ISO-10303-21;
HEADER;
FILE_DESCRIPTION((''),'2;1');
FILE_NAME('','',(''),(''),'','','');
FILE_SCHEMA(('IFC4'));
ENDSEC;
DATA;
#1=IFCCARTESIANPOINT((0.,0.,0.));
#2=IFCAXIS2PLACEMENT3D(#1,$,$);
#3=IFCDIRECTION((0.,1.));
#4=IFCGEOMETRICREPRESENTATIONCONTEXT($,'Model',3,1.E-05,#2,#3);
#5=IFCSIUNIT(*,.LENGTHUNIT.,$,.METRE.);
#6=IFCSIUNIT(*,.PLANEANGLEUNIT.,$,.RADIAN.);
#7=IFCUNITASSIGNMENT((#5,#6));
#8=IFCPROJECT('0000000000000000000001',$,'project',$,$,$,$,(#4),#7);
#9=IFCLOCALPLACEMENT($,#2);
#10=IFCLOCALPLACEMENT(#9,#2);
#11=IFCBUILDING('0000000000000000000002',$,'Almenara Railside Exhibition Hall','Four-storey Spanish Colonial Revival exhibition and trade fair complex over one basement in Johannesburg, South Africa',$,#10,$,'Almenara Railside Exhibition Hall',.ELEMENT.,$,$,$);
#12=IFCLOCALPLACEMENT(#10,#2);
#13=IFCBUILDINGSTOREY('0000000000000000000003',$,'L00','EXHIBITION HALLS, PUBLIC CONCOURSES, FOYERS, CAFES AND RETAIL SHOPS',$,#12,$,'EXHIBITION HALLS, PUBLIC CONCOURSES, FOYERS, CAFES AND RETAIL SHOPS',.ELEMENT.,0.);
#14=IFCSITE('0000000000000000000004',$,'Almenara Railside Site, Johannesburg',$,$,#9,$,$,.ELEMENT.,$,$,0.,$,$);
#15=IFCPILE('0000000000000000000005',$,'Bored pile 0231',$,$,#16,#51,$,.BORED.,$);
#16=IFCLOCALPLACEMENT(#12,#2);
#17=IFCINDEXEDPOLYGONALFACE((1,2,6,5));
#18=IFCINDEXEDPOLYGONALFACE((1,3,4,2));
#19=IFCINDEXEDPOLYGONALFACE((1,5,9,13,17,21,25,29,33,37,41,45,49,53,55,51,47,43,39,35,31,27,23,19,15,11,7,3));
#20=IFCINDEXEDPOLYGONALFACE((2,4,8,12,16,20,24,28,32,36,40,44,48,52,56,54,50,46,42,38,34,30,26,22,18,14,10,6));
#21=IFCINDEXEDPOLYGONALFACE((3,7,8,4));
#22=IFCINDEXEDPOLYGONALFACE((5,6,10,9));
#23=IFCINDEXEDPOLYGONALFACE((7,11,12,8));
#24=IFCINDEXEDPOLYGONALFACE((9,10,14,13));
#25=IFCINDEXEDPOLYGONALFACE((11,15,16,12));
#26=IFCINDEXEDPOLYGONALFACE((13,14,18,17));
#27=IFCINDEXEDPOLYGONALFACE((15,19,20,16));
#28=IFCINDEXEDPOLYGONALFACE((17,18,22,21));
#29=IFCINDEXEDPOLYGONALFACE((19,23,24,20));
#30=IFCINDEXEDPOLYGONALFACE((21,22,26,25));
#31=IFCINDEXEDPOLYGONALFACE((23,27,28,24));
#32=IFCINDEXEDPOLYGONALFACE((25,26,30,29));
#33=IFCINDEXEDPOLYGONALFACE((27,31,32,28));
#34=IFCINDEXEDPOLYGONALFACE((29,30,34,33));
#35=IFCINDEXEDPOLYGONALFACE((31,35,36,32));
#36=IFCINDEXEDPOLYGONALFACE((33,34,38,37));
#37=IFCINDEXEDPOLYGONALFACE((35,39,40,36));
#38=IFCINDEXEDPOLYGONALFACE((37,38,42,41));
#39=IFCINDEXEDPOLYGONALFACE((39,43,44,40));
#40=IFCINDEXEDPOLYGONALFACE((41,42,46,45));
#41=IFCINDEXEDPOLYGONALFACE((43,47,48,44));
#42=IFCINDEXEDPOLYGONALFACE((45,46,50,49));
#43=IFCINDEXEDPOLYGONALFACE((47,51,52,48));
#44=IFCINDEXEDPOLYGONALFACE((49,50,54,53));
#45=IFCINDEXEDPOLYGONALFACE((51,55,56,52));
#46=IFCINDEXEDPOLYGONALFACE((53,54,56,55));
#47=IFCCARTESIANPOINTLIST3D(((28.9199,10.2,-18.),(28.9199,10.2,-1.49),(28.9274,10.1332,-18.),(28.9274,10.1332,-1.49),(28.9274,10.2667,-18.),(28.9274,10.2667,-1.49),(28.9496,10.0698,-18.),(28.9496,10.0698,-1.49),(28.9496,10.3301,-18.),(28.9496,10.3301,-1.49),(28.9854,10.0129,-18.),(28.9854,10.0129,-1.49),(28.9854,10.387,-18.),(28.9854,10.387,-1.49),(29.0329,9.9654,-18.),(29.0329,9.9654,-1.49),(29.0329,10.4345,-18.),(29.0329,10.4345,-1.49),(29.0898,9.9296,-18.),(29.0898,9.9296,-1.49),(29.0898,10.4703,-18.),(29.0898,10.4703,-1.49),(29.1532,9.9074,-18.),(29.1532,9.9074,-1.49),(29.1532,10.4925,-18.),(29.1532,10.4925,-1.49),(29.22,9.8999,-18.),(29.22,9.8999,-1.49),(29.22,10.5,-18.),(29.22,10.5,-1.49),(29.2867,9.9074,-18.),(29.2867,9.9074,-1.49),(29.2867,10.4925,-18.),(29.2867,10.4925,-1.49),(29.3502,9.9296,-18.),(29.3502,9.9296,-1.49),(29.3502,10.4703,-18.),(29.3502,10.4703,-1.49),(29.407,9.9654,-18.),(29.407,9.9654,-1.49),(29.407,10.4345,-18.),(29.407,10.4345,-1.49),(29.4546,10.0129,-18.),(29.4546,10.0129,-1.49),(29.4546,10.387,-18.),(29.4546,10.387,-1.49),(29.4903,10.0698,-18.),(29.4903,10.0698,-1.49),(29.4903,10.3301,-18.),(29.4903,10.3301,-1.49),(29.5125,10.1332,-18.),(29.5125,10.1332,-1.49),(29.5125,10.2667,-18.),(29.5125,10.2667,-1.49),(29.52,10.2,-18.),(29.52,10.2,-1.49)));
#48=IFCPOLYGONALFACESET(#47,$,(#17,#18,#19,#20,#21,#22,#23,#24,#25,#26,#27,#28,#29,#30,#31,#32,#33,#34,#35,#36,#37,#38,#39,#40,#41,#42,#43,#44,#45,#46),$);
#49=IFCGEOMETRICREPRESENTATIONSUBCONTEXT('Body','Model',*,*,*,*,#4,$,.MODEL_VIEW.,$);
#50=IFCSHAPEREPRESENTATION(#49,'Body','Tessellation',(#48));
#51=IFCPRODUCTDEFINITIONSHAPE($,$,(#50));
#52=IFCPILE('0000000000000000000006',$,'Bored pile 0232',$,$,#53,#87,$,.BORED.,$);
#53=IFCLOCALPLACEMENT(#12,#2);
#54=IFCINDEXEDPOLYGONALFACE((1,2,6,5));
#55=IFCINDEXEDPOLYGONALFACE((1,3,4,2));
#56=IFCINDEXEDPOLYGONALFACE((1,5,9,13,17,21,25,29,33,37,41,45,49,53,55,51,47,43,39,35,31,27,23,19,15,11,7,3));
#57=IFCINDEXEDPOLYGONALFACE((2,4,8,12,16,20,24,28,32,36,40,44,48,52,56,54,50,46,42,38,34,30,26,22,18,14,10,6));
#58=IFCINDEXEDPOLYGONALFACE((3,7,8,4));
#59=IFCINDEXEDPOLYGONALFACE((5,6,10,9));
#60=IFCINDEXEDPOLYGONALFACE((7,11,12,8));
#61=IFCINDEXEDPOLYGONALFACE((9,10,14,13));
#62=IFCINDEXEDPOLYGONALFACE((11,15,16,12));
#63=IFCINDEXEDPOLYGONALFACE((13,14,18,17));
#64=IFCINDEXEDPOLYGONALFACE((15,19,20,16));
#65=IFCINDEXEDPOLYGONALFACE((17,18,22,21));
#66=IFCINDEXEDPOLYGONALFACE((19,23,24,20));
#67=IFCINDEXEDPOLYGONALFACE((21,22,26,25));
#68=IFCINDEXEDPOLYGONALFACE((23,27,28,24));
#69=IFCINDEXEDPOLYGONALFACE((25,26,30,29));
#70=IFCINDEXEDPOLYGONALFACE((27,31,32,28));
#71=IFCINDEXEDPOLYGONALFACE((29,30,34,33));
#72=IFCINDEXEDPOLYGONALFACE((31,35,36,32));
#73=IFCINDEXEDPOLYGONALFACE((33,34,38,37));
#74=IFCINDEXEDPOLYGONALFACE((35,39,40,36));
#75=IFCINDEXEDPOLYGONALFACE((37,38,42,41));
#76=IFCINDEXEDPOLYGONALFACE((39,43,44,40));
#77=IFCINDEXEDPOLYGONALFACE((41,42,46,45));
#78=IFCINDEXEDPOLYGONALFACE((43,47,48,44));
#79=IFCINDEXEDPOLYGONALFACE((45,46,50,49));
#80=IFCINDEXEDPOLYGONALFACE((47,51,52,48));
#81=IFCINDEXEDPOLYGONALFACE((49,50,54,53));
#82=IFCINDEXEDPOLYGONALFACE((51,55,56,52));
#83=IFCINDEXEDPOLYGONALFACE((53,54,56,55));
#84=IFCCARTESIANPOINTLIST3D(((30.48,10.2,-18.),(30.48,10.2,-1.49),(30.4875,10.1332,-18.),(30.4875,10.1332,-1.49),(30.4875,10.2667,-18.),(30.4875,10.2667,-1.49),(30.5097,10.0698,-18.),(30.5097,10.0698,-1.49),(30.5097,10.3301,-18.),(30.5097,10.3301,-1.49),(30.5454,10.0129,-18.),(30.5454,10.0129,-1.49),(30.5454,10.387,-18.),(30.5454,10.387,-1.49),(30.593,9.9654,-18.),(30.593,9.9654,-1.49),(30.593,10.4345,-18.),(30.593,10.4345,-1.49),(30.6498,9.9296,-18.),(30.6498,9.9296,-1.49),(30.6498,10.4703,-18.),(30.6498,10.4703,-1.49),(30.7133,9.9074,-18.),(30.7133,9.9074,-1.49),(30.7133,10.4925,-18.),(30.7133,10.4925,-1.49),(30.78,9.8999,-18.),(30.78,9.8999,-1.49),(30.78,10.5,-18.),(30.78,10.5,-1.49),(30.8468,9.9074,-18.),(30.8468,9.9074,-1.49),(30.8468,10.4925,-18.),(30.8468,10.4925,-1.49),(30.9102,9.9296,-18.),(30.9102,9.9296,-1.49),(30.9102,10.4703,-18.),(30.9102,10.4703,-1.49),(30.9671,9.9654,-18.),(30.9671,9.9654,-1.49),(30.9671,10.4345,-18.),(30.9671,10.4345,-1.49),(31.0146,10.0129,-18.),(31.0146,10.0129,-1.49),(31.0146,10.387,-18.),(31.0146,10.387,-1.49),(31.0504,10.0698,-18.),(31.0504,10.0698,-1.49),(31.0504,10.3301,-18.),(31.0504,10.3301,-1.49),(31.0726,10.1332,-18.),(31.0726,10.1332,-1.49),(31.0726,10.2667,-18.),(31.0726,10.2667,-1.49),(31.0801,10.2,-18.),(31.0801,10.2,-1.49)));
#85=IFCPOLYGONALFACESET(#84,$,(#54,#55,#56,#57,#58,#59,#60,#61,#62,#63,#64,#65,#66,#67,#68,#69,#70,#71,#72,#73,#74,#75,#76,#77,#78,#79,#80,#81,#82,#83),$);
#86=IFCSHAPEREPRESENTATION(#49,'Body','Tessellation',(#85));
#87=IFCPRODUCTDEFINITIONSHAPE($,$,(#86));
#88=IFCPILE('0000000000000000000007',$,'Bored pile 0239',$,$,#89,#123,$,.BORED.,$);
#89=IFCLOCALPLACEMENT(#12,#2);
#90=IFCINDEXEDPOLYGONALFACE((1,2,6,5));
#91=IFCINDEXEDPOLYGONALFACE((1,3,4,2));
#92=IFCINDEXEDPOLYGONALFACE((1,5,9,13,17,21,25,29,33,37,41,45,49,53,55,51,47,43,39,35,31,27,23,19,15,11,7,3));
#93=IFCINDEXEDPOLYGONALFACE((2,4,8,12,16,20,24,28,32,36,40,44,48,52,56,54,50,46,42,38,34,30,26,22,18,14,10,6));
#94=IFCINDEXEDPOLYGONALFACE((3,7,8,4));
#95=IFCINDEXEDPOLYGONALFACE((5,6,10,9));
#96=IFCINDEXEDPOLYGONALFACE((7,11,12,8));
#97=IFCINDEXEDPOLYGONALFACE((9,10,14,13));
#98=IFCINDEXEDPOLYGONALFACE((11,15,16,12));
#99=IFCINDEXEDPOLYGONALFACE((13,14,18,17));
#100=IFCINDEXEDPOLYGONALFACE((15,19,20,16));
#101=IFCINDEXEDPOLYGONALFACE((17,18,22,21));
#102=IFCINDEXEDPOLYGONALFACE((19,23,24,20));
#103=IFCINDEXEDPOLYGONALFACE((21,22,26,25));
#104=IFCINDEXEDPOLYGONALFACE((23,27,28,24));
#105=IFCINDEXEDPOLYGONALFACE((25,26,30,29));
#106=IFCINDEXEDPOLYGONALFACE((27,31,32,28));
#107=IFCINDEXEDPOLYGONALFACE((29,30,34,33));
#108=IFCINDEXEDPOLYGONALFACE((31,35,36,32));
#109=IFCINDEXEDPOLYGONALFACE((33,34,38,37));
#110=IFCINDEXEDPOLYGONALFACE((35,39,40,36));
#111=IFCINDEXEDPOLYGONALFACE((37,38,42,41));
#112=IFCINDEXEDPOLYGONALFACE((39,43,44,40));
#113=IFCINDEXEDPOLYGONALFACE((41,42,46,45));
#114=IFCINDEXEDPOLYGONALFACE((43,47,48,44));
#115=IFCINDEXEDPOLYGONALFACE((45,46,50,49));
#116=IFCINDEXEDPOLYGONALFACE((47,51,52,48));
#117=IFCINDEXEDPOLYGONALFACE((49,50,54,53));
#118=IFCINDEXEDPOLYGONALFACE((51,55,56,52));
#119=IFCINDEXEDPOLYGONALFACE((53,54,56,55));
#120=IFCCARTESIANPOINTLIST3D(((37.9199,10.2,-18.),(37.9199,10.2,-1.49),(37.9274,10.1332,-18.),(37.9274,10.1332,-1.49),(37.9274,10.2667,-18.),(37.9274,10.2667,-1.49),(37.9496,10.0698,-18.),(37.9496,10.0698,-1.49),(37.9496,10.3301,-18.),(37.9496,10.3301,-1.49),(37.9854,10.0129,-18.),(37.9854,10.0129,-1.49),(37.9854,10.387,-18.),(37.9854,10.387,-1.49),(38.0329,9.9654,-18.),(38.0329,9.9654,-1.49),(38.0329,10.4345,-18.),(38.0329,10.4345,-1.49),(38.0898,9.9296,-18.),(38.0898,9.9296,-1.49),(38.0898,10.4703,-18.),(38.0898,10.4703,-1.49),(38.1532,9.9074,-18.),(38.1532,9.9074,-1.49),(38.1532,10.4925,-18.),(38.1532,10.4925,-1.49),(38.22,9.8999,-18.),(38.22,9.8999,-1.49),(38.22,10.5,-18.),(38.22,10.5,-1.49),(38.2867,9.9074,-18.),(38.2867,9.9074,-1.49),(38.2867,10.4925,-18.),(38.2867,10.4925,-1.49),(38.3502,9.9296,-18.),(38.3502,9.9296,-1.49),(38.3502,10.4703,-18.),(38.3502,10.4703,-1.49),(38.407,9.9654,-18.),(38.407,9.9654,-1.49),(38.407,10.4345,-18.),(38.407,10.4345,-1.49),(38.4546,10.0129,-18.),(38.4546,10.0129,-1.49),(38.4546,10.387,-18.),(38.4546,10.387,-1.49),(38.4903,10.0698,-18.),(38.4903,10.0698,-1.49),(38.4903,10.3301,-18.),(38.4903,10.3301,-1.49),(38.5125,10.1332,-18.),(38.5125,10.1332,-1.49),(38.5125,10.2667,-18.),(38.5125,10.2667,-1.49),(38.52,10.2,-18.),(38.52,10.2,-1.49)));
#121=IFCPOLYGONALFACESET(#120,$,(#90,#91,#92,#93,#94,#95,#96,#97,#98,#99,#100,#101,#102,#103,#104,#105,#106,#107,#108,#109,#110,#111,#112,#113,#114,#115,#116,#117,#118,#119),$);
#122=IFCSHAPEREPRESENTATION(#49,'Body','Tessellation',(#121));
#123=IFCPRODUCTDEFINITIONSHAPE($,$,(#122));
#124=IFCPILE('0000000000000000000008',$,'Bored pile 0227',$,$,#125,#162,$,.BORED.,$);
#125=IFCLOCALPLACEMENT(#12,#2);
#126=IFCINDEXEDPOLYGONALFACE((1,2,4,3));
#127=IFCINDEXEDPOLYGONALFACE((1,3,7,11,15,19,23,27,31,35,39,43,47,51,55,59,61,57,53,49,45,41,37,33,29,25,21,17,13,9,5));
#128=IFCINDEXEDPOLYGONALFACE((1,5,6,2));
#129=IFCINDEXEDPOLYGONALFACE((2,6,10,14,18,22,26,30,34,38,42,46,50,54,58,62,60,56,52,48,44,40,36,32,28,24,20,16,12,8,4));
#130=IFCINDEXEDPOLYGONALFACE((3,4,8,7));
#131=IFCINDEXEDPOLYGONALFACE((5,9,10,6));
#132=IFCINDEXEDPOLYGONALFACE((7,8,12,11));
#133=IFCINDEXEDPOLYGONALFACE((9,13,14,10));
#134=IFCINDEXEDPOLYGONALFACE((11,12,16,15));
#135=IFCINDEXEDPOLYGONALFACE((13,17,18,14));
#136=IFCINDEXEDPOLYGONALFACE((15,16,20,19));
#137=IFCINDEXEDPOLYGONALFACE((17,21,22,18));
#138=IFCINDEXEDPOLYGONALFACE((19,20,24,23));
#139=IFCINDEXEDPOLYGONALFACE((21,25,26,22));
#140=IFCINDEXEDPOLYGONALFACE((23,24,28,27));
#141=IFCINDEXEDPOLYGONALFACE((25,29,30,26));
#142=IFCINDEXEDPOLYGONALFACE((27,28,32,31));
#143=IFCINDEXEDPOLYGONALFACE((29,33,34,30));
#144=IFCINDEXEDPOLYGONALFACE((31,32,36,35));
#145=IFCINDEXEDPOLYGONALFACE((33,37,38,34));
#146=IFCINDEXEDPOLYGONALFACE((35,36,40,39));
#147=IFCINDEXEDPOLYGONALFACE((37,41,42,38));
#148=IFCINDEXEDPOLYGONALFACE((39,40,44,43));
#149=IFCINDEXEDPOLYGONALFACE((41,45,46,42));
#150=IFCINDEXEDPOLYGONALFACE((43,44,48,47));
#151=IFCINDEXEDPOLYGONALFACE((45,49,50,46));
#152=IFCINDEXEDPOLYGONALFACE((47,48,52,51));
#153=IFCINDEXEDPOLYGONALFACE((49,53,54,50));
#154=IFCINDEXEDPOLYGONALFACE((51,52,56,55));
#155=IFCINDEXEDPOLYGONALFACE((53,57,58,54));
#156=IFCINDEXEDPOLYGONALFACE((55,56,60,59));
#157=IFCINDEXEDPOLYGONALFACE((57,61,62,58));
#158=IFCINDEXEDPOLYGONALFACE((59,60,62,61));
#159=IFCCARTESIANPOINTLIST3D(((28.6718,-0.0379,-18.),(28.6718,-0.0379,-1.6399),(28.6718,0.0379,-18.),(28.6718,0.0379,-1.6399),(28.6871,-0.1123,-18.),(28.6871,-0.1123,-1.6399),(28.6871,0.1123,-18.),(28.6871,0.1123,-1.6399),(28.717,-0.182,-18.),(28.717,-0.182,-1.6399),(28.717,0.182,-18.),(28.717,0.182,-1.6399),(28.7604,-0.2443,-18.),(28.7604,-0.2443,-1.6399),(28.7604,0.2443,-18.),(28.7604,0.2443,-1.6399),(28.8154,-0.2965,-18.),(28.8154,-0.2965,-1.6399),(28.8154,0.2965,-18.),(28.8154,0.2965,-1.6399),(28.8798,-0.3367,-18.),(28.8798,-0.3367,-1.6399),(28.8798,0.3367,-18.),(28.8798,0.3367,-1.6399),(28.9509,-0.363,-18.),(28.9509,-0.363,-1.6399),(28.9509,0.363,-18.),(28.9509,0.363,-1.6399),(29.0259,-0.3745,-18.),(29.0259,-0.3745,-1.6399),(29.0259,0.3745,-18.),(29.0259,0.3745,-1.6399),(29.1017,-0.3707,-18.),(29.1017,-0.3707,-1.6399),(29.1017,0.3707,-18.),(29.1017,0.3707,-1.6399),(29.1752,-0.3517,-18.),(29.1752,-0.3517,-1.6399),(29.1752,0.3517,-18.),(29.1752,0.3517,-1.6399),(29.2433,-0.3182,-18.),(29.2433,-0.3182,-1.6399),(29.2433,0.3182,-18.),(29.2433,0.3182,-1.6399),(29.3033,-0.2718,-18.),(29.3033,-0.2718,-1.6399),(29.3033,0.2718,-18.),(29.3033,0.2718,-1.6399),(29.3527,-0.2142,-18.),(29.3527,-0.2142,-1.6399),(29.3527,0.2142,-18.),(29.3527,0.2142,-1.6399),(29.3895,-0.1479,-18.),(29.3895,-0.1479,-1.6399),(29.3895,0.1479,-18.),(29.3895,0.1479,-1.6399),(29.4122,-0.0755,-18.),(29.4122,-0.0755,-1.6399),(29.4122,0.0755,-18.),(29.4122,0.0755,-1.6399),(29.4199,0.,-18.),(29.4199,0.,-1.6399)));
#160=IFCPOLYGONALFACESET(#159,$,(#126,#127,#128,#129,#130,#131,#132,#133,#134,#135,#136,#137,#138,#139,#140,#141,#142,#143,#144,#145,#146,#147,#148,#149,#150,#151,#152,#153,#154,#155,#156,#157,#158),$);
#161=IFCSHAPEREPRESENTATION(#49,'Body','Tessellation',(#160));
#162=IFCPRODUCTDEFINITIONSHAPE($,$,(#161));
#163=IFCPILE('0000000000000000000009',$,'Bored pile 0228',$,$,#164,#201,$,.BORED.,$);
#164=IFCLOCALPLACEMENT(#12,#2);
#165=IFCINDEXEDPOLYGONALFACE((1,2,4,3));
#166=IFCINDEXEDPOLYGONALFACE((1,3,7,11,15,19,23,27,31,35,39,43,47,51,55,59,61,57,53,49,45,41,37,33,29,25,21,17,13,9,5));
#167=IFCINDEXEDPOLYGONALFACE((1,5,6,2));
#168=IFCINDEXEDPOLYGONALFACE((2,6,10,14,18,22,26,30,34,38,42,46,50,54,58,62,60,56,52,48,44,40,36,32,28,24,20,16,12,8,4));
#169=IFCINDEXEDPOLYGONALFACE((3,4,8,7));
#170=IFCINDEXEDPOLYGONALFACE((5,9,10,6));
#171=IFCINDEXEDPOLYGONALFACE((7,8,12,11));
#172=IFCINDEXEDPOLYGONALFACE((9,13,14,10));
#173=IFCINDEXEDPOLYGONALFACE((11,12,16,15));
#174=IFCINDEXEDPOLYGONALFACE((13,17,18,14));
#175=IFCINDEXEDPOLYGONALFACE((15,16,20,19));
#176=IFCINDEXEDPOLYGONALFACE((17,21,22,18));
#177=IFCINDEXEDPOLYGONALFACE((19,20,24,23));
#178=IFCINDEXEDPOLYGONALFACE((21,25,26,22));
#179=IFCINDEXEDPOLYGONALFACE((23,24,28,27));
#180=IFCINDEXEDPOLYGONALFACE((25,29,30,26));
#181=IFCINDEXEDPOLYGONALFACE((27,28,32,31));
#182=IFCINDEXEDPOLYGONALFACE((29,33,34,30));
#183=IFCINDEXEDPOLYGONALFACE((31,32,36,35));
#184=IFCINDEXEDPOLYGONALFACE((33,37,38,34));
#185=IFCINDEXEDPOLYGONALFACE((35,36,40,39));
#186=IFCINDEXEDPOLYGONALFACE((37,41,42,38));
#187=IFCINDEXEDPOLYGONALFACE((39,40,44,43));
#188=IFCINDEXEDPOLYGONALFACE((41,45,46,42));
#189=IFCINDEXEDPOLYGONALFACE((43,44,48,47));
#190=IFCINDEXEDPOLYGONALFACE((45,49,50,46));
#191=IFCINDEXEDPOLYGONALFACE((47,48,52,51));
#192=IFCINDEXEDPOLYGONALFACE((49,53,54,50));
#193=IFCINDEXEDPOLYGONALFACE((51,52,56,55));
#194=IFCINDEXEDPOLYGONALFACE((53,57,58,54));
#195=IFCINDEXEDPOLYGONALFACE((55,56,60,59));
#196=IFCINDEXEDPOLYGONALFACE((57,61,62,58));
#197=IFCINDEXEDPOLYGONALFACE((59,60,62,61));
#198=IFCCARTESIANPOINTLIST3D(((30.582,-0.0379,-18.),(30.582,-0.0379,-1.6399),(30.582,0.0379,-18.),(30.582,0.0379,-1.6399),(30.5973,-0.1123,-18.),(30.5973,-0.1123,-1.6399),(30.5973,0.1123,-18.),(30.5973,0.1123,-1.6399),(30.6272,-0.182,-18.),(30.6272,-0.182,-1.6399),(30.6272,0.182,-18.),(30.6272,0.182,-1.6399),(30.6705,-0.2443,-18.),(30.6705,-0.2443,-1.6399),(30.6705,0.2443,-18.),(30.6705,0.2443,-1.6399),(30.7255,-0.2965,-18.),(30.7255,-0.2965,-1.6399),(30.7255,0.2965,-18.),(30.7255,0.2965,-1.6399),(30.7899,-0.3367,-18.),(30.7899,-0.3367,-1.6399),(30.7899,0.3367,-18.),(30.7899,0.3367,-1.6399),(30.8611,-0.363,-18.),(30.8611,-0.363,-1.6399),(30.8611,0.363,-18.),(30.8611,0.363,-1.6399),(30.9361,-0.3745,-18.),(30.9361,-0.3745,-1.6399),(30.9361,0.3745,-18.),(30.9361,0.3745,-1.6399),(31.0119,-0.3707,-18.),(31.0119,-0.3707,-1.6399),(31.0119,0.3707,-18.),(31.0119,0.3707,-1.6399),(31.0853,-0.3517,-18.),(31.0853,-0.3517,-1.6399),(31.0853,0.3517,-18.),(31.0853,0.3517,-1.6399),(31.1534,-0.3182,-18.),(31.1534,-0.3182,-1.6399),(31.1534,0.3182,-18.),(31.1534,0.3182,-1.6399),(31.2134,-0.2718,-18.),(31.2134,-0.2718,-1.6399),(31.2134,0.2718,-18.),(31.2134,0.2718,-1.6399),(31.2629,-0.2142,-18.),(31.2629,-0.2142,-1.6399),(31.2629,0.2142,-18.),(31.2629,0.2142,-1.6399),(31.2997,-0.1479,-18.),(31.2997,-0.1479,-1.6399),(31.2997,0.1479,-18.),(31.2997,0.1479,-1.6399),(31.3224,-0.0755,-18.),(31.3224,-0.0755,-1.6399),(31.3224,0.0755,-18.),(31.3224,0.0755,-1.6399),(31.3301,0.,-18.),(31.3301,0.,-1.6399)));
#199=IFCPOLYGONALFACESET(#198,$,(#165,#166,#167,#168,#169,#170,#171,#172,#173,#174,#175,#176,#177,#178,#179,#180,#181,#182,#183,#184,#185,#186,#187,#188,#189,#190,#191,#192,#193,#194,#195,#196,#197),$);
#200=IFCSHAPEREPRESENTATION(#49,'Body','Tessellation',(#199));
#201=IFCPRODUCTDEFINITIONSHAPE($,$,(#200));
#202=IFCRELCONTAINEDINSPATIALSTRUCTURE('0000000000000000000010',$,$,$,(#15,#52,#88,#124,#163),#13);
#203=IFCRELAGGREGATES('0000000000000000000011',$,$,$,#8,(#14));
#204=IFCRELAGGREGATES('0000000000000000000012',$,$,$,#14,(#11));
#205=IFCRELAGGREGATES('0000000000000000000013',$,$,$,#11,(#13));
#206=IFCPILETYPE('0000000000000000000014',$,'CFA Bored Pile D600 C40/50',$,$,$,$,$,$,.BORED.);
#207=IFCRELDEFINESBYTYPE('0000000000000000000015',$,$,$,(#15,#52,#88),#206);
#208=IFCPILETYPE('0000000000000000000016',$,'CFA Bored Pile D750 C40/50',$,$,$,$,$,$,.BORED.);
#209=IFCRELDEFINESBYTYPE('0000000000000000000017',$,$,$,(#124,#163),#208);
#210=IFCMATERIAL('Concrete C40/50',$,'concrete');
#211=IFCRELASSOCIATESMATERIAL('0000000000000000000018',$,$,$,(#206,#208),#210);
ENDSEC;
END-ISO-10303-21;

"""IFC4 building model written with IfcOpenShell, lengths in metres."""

from ifc_helpers import new_model, si_unit, direction, frame, origin, origin_2d, place, context, subcontext, project, spatial, circle, extrude, material, material_profile, profile_set, type_object, element, save


model = new_model("IFC4")

# Units and contexts
model_context = context("Model", 3, precision=1e-05, world=origin(), true_north=direction((0.0, 1.0)))
body_context = subcontext(model_context, "Body", "Model", "MODEL_VIEW")
ifc_project = project(units=[si_unit("LENGTHUNIT", "METRE"), si_unit("PLANEANGLEUNIT", "RADIAN")], contexts=[model_context])

# Site, building, storey
site_placement = place(None, origin())
site = spatial("IfcSite", under=ifc_project, at=site_placement, Name="Almenara Railside Site, Johannesburg", CompositionType="ELEMENT", RefElevation=0.0)
building_placement = place(site_placement, origin())
building = spatial("IfcBuilding", under=site, at=building_placement, Name="Almenara Railside Exhibition Hall", Description="Four-storey Spanish Colonial Revival exhibition and trade fair complex over one basement in Johannesburg, South Africa", LongName="Almenara Railside Exhibition Hall", CompositionType="ELEMENT")
storey_placement = place(building_placement, origin())
storey = spatial("IfcBuildingStorey", under=building, at=storey_placement, Name="L00", Description="EXHIBITION HALLS, PUBLIC CONCOURSES, FOYERS, CAFES AND RETAIL SHOPS", LongName="EXHIBITION HALLS, PUBLIC CONCOURSES, FOYERS, CAFES AND RETAIL SHOPS", CompositionType="ELEMENT", Elevation=0.0)

# Piles
ifc_material_1 = material(Name="Concrete C40/50", Category="concrete")
ifc_material_profile_1 = material_profile(ifc_material_1, circle(Radius=0.3, at=origin_2d()), Name="CFA-PILE D600")
ifc_profile_set_1 = profile_set([ifc_material_profile_1], Name="Concrete C40/50")
pile_type_1 = type_object("IfcPileType", Name="CFA Bored Pile D600 C40/50", PredefinedType="BORED", material=ifc_profile_set_1)
for number, where, z_axis, x_axis, name in (
    (1, (29.22, 10.2, -1.49), (0.0, 0.0, -1.0), (1.0, 0.0, 0.0), "Bored pile 0231"),
    (2, (30.78, 10.2, -1.49), (0.0, 0.0, -1.0), (1.0, 0.0, 0.0), "Bored pile 0232"),
    (3, (38.22, 10.2, -1.49), (0.0, 0.0, -1.0), (1.0, 0.0, 0.0), "Bored pile 0239"),
):
    element("IfcPile", number, at=place(storey_placement, frame(where, z_axis=z_axis, x_axis=x_axis)), inside=storey, type_object=pile_type_1, Name=name, PredefinedType="BORED", context=body_context, shape_type="SweptSolid", body=[
        extrude(circle(Radius=0.3, at=origin_2d()), origin(), (0.0, 0.0, 1.0), 16.51),
    ])
ifc_material_profile_2 = material_profile(ifc_material_1, circle(Radius=0.375, at=origin_2d()), Name="CFA-PILE D750")
ifc_profile_set_2 = profile_set([ifc_material_profile_2], Name="Concrete C40/50")
pile_type_2 = type_object("IfcPileType", Name="CFA Bored Pile D750 C40/50", PredefinedType="BORED", material=ifc_profile_set_2)
for number, where, z_axis, x_axis, name in (
    (4, (29.0449, 0.0, -1.6399), (0.0, 0.0, -1.0), (1.0, 0.0, 0.0), "Bored pile 0227"),
    (5, (30.9551, 0.0, -1.6399), (0.0, 0.0, -1.0), (1.0, 0.0, 0.0), "Bored pile 0228"),
):
    element("IfcPile", number, at=place(storey_placement, frame(where, z_axis=z_axis, x_axis=x_axis)), inside=storey, type_object=pile_type_2, Name=name, PredefinedType="BORED", context=body_context, shape_type="SweptSolid", body=[
        extrude(circle(Radius=0.375, at=origin_2d()), origin(), (0.0, 0.0, 1.0), 16.3601),
    ])

save(model, "model.ifc")
